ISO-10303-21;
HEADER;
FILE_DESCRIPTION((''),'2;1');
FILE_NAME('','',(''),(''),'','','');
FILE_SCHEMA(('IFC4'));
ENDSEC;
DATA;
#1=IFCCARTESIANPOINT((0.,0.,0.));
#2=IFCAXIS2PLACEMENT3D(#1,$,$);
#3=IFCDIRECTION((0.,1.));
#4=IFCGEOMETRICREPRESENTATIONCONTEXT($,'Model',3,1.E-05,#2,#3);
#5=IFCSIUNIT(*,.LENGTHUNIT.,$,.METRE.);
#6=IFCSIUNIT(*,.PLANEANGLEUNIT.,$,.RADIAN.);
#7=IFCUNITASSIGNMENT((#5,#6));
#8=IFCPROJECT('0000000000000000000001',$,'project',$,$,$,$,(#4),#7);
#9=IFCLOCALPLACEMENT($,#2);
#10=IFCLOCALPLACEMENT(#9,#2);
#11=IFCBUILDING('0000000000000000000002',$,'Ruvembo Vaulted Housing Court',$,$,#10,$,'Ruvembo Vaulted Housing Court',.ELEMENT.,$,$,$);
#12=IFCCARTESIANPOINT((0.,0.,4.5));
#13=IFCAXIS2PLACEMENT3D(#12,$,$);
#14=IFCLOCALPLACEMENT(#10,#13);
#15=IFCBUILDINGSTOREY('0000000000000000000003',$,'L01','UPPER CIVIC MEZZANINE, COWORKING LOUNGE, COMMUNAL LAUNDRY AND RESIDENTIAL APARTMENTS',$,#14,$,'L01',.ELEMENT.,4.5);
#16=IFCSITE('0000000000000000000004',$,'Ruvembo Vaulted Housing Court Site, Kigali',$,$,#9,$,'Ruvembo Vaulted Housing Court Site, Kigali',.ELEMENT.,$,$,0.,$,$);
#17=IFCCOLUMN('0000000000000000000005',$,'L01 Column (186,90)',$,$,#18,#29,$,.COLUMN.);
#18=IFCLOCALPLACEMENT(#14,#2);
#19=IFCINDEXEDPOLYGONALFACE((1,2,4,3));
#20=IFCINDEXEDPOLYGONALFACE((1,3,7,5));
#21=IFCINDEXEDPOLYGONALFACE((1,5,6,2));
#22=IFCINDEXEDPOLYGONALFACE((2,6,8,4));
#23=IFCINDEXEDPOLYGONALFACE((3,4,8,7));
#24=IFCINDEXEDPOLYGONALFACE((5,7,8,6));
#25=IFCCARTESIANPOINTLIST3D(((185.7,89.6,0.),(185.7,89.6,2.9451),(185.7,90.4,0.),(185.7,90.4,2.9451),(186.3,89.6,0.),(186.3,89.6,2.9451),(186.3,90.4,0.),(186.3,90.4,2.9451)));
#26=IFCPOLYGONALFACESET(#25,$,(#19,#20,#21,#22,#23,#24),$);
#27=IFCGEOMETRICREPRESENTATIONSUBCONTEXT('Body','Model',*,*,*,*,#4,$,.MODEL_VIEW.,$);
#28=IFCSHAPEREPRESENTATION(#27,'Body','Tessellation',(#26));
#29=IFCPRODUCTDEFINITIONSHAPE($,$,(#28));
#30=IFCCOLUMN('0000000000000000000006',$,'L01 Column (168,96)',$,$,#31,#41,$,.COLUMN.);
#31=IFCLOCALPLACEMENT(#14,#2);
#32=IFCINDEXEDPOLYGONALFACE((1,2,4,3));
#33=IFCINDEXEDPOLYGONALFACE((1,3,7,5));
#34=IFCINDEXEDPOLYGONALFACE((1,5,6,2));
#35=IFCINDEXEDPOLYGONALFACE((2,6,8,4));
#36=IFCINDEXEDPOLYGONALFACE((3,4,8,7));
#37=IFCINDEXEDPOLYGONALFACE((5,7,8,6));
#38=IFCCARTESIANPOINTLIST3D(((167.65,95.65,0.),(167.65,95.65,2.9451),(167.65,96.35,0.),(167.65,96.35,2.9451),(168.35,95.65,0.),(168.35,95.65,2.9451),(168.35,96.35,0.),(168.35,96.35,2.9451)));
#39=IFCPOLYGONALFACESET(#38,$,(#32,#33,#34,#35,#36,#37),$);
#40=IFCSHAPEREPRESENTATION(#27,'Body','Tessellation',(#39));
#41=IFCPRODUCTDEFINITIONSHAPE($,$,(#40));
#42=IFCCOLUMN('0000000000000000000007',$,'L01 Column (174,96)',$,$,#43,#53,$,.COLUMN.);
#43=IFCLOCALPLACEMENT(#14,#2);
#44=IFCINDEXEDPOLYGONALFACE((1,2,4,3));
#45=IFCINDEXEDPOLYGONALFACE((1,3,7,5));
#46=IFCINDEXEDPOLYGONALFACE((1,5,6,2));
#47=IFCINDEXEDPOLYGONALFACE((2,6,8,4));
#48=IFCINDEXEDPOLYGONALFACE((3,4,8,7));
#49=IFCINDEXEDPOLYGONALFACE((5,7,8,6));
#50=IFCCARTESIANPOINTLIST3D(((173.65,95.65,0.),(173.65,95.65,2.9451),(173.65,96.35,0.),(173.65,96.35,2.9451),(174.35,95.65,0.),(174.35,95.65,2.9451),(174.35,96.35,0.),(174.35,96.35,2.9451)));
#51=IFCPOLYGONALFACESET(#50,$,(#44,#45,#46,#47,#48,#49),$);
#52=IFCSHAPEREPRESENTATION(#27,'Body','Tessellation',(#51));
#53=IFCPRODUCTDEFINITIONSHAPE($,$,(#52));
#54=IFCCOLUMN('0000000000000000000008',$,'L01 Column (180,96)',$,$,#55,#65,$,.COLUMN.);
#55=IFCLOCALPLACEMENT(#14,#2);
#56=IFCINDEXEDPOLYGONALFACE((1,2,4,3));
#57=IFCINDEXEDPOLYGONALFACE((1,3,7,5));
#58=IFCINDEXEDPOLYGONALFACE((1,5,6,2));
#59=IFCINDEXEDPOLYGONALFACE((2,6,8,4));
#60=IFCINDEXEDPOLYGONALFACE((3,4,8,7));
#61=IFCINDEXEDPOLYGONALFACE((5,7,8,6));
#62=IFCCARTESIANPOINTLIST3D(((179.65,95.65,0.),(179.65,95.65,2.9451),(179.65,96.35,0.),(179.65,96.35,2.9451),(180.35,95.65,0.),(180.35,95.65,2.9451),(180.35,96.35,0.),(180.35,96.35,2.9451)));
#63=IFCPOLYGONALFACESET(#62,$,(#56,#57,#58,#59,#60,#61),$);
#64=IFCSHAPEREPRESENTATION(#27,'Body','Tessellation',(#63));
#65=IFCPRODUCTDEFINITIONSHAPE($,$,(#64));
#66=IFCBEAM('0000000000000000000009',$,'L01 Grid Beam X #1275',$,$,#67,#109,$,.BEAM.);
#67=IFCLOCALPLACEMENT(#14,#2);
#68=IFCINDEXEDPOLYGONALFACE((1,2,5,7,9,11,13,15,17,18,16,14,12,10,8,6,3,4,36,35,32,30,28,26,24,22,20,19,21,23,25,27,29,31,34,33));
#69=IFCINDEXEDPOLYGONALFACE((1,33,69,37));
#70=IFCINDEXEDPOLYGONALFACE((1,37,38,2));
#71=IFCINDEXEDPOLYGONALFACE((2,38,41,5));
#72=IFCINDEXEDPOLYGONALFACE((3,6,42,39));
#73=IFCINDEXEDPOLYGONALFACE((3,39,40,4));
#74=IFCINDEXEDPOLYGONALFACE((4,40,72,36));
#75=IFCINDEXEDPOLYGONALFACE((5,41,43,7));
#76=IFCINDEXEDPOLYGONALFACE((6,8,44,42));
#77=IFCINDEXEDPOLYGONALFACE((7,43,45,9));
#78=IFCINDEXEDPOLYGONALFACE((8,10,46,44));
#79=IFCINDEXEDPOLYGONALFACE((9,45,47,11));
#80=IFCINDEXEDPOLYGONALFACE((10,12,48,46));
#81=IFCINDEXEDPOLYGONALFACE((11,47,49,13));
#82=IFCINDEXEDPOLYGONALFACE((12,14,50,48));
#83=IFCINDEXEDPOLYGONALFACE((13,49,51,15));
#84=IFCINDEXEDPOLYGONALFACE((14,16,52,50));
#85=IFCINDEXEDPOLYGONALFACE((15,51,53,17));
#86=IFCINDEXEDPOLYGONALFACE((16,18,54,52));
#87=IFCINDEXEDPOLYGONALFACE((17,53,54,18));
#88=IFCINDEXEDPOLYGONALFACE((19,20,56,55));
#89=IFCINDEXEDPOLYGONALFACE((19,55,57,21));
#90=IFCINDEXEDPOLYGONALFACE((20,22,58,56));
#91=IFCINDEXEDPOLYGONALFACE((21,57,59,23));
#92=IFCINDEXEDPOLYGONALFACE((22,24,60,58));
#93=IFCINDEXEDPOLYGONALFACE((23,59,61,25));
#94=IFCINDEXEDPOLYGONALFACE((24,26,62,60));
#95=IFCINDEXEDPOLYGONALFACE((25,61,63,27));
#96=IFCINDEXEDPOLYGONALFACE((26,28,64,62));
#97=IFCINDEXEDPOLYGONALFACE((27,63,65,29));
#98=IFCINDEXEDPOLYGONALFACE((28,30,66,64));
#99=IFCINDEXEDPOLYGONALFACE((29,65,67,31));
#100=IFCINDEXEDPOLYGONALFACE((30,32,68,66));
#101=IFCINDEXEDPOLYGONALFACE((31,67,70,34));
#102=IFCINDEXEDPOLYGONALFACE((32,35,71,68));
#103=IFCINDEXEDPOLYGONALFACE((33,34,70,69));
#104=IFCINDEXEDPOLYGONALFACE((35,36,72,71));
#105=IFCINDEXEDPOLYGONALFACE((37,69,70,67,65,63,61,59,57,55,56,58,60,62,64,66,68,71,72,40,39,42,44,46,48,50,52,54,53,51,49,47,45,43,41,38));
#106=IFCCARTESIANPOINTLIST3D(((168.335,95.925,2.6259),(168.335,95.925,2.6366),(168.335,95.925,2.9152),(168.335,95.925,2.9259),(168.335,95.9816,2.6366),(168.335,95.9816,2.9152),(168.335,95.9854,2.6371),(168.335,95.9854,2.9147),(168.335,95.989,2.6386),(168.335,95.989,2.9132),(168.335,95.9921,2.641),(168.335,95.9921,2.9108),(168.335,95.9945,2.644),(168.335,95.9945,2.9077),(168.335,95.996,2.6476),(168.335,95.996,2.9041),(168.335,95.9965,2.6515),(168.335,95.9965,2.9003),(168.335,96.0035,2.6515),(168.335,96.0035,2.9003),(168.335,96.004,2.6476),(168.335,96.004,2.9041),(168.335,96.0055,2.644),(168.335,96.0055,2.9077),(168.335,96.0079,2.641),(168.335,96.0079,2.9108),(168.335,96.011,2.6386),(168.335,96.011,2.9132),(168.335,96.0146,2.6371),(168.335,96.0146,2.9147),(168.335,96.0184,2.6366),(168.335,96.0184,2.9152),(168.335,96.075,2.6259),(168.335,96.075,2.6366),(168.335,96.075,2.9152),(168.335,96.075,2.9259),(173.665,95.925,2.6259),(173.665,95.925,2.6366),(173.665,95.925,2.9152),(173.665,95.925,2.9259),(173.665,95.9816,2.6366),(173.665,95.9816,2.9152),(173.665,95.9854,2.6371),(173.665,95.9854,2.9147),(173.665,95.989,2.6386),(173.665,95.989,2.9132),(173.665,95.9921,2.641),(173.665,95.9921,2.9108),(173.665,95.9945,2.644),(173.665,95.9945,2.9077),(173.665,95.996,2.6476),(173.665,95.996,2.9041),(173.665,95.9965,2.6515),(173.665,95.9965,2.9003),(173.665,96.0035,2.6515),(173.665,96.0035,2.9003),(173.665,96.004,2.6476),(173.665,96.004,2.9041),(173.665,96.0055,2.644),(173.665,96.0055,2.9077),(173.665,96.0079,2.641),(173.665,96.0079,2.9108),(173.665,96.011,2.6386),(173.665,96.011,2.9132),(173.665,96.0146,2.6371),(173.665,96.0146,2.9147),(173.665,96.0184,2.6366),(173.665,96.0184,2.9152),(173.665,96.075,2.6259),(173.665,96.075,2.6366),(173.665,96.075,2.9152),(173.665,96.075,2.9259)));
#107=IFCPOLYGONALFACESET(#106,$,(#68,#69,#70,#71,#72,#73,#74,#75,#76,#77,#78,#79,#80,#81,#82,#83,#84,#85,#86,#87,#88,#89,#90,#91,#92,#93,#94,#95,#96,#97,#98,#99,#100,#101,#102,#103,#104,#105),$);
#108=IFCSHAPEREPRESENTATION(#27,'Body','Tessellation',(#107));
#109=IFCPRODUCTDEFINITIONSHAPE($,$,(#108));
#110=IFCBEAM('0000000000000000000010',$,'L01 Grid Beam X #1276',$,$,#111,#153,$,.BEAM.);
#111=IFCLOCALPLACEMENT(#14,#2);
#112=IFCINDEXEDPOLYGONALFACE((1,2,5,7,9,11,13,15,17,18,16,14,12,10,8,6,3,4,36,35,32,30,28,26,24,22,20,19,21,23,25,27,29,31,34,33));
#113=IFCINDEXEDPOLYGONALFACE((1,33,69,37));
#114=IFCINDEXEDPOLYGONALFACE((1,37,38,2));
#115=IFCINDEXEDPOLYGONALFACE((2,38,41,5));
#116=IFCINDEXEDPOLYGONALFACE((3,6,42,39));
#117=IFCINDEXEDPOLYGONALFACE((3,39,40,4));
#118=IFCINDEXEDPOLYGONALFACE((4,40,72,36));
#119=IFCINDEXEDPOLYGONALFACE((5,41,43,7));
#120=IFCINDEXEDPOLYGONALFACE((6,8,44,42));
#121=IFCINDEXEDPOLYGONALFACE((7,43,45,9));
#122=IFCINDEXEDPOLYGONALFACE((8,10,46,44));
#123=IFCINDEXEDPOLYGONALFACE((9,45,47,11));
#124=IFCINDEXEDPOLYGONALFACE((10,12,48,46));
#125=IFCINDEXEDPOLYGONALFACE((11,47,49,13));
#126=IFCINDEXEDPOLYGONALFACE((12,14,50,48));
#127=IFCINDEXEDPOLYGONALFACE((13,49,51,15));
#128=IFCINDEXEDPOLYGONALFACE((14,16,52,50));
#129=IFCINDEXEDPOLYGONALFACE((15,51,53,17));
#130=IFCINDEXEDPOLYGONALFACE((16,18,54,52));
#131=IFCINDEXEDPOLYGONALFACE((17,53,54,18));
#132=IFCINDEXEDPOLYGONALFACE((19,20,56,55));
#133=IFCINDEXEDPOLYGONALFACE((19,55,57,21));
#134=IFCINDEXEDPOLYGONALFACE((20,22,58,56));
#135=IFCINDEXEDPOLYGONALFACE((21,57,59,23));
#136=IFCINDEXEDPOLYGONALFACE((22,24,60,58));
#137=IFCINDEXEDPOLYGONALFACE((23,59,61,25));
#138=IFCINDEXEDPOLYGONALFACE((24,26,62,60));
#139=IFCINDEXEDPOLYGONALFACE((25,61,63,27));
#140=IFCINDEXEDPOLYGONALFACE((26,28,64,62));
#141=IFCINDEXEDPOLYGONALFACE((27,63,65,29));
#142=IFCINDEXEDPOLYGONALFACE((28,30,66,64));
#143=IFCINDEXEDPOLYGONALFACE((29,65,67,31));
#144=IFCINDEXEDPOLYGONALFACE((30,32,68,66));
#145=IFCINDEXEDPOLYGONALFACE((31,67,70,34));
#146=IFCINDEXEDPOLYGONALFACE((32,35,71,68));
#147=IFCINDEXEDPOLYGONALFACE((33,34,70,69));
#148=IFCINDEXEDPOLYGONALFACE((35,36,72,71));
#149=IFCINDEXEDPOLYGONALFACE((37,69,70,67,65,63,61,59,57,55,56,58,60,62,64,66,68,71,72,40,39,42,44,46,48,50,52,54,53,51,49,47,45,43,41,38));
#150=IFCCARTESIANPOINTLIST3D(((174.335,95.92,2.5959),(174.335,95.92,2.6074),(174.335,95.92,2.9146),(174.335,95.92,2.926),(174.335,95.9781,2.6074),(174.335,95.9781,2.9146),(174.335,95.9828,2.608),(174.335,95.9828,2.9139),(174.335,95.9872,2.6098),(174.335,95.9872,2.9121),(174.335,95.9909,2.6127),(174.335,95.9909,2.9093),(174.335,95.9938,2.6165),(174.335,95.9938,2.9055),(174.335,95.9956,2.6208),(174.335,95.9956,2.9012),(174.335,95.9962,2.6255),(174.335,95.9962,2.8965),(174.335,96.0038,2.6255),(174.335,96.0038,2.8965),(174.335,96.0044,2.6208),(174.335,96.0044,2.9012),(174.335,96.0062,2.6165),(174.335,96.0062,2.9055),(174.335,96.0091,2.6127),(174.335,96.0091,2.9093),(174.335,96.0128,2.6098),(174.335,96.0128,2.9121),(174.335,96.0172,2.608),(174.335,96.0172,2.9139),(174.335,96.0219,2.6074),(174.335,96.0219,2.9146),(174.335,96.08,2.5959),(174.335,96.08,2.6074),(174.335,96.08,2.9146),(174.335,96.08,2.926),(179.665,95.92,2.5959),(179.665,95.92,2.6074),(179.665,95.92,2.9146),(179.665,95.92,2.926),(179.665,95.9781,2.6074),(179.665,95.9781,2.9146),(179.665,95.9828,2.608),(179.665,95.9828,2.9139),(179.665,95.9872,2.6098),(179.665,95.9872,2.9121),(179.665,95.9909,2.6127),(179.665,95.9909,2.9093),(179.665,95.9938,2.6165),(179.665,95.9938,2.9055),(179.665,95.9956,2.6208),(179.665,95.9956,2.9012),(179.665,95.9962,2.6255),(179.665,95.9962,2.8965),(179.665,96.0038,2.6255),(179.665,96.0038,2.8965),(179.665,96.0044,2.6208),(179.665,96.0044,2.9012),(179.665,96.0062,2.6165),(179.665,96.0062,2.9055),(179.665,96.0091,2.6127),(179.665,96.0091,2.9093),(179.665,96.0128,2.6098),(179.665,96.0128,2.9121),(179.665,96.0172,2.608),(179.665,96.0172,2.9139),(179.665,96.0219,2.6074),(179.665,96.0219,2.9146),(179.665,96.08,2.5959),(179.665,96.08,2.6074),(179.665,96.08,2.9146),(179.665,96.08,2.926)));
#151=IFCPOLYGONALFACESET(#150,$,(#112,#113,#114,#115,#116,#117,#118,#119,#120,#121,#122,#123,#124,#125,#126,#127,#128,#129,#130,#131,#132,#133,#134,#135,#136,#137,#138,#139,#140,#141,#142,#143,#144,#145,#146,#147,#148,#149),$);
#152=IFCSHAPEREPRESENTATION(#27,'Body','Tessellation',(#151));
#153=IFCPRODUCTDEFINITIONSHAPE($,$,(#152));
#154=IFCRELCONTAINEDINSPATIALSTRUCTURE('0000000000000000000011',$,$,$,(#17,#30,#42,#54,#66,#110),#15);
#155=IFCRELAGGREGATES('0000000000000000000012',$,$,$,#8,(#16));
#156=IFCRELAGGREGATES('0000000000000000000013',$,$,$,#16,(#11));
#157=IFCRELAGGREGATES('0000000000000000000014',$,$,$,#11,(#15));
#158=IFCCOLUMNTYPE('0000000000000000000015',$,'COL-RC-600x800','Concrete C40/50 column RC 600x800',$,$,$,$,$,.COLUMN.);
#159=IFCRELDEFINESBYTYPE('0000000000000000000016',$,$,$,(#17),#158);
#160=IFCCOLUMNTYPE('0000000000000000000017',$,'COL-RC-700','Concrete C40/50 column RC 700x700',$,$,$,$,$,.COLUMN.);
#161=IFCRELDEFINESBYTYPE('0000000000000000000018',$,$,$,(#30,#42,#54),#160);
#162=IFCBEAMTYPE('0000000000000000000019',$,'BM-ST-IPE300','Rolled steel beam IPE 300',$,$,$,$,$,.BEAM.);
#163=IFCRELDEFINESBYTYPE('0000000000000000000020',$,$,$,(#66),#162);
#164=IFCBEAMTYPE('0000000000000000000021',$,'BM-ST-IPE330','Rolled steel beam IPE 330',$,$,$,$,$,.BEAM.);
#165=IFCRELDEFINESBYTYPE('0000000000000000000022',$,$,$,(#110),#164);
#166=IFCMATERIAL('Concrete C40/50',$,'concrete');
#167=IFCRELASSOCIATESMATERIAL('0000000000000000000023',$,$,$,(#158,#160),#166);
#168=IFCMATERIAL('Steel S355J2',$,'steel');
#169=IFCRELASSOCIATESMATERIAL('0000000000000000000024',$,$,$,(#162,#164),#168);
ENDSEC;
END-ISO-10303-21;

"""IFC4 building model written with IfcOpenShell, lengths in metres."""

from ifc_helpers import new_model, si_unit, direction, frame, origin, origin_2d, place, context, subcontext, project, spatial, rectangle, i_section, extrude, material, material_profile, profile_set, type_object, element, save


model = new_model("IFC4")

# Units and contexts
model_context = context("Model", 3, precision=1e-05, world=origin(), true_north=direction((0.0, 1.0)))
body_context = subcontext(model_context, "Body", "Model", "MODEL_VIEW")
ifc_project = project(units=[si_unit("LENGTHUNIT", "METRE"), si_unit("PLANEANGLEUNIT", "RADIAN")], contexts=[model_context])

# Site, building, storey
site_placement = place(None, origin())
site = spatial("IfcSite", under=ifc_project, at=site_placement, Name="Ruvembo Vaulted Housing Court Site, Kigali", LongName="Ruvembo Vaulted Housing Court Site, Kigali", CompositionType="ELEMENT", RefElevation=0.0)
building_placement = place(site_placement, origin())
building = spatial("IfcBuilding", under=site, at=building_placement, Name="Ruvembo Vaulted Housing Court", LongName="Ruvembo Vaulted Housing Court", CompositionType="ELEMENT")
storey_placement = place(building_placement, frame((0.0, 0.0, 4.5)))
storey = spatial("IfcBuildingStorey", under=building, at=storey_placement, Name="L01", Description="UPPER CIVIC MEZZANINE, COWORKING LOUNGE, COMMUNAL LAUNDRY AND RESIDENTIAL APARTMENTS", LongName="L01", CompositionType="ELEMENT", Elevation=4.5)

# Columns
ifc_material_1 = material(Name="Concrete C40/50", Category="concrete")
ifc_material_profile_1 = material_profile(ifc_material_1, rectangle(XDim=0.6001, YDim=0.8, at=origin_2d()), Name="RC 600x800")
ifc_profile_set_1 = profile_set([ifc_material_profile_1], Name="Concrete C40/50")
column_type_1 = type_object("IfcColumnType", Name="COL-RC-600x800", Description="Concrete C40/50 column RC 600x800", PredefinedType="COLUMN", material=ifc_profile_set_1)
column_placement = place(storey_placement, frame((186.0, 90.0, 0.0), z_axis=(0.0, 0.0, 1.0), x_axis=(1.0, 0.0, 0.0)))
element("IfcColumn", 1, at=column_placement, inside=storey, type_object=column_type_1, Name="L01 Column (186,90)", PredefinedType="COLUMN", context=body_context, shape_type="SweptSolid", body=[
    extrude(rectangle(XDim=0.6001, YDim=0.8, at=origin_2d()), origin(), (0.0, 0.0, 1.0), 2.9451),
])
ifc_material_profile_2 = material_profile(ifc_material_1, rectangle(XDim=0.7, YDim=0.7, at=origin_2d()), Name="RC 700x700")
ifc_profile_set_2 = profile_set([ifc_material_profile_2], Name="Concrete C40/50")
column_type_2 = type_object("IfcColumnType", Name="COL-RC-700", Description="Concrete C40/50 column RC 700x700", PredefinedType="COLUMN", material=ifc_profile_set_2)
for number, where, z_axis, x_axis, name in (
    (2, (168.0, 96.0, 0.0), (0.0, 0.0, 1.0), (1.0, 0.0, 0.0), "L01 Column (168,96)"),
    (3, (174.0, 96.0, 0.0), (0.0, 0.0, 1.0), (1.0, 0.0, 0.0), "L01 Column (174,96)"),
    (4, (180.0, 96.0, 0.0), (0.0, 0.0, 1.0), (1.0, 0.0, 0.0), "L01 Column (180,96)"),
):
    element("IfcColumn", number, at=place(storey_placement, frame(where, z_axis=z_axis, x_axis=x_axis)), inside=storey, type_object=column_type_2, Name=name, PredefinedType="COLUMN", context=body_context, shape_type="SweptSolid", body=[
        extrude(rectangle(XDim=0.7, YDim=0.7, at=origin_2d()), origin(), (0.0, 0.0, 1.0), 2.9451),
    ])

# Beams
ifc_material_2 = material(Name="Steel S355J2", Category="steel")
ifc_material_profile_3 = material_profile(ifc_material_2, i_section(OverallWidth=0.1499, OverallDepth=0.3, WebThickness=0.0071, FlangeThickness=0.0107, FilletRadius=0.0149, at=origin_2d()), Name="IPE 300")
ifc_profile_set_3 = profile_set([ifc_material_profile_3], Name="Steel S355J2")
beam_type_1 = type_object("IfcBeamType", Name="BM-ST-IPE300", Description="Rolled steel beam IPE 300", PredefinedType="BEAM", material=ifc_profile_set_3)
beam_1_placement = place(storey_placement, frame((168.335, 96.0, 2.7759), z_axis=(1.0, 0.0, 0.0), x_axis=(0.0, 1.0, 0.0)))
element("IfcBeam", 5, at=beam_1_placement, inside=storey, type_object=beam_type_1, Name="L01 Grid Beam X #1275", PredefinedType="BEAM", context=body_context, shape_type="SweptSolid", body=[
    extrude(i_section(OverallWidth=0.1499, OverallDepth=0.3, WebThickness=0.0071, FlangeThickness=0.0107, FilletRadius=0.0149, at=origin_2d()), origin(), (0.0, 0.0, 1.0), 5.3301),
])
ifc_material_profile_4 = material_profile(ifc_material_2, i_section(OverallWidth=0.1599, OverallDepth=0.3301, WebThickness=0.0076, FlangeThickness=0.0115, FilletRadius=0.0181, at=origin_2d()), Name="IPE 330")
ifc_profile_set_4 = profile_set([ifc_material_profile_4], Name="Steel S355J2")
beam_type_2 = type_object("IfcBeamType", Name="BM-ST-IPE330", Description="Rolled steel beam IPE 330", PredefinedType="BEAM", material=ifc_profile_set_4)
beam_2_placement = place(storey_placement, frame((174.335, 96.0, 2.761), z_axis=(1.0, 0.0, 0.0), x_axis=(0.0, 1.0, 0.0)))
element("IfcBeam", 6, at=beam_2_placement, inside=storey, type_object=beam_type_2, Name="L01 Grid Beam X #1276", PredefinedType="BEAM", context=body_context, shape_type="SweptSolid", body=[
    extrude(i_section(OverallWidth=0.1599, OverallDepth=0.3301, WebThickness=0.0076, FlangeThickness=0.0115, FilletRadius=0.0181, at=origin_2d()), origin(), (0.0, 0.0, 1.0), 5.3301),
])

save(model, "model.ifc")
